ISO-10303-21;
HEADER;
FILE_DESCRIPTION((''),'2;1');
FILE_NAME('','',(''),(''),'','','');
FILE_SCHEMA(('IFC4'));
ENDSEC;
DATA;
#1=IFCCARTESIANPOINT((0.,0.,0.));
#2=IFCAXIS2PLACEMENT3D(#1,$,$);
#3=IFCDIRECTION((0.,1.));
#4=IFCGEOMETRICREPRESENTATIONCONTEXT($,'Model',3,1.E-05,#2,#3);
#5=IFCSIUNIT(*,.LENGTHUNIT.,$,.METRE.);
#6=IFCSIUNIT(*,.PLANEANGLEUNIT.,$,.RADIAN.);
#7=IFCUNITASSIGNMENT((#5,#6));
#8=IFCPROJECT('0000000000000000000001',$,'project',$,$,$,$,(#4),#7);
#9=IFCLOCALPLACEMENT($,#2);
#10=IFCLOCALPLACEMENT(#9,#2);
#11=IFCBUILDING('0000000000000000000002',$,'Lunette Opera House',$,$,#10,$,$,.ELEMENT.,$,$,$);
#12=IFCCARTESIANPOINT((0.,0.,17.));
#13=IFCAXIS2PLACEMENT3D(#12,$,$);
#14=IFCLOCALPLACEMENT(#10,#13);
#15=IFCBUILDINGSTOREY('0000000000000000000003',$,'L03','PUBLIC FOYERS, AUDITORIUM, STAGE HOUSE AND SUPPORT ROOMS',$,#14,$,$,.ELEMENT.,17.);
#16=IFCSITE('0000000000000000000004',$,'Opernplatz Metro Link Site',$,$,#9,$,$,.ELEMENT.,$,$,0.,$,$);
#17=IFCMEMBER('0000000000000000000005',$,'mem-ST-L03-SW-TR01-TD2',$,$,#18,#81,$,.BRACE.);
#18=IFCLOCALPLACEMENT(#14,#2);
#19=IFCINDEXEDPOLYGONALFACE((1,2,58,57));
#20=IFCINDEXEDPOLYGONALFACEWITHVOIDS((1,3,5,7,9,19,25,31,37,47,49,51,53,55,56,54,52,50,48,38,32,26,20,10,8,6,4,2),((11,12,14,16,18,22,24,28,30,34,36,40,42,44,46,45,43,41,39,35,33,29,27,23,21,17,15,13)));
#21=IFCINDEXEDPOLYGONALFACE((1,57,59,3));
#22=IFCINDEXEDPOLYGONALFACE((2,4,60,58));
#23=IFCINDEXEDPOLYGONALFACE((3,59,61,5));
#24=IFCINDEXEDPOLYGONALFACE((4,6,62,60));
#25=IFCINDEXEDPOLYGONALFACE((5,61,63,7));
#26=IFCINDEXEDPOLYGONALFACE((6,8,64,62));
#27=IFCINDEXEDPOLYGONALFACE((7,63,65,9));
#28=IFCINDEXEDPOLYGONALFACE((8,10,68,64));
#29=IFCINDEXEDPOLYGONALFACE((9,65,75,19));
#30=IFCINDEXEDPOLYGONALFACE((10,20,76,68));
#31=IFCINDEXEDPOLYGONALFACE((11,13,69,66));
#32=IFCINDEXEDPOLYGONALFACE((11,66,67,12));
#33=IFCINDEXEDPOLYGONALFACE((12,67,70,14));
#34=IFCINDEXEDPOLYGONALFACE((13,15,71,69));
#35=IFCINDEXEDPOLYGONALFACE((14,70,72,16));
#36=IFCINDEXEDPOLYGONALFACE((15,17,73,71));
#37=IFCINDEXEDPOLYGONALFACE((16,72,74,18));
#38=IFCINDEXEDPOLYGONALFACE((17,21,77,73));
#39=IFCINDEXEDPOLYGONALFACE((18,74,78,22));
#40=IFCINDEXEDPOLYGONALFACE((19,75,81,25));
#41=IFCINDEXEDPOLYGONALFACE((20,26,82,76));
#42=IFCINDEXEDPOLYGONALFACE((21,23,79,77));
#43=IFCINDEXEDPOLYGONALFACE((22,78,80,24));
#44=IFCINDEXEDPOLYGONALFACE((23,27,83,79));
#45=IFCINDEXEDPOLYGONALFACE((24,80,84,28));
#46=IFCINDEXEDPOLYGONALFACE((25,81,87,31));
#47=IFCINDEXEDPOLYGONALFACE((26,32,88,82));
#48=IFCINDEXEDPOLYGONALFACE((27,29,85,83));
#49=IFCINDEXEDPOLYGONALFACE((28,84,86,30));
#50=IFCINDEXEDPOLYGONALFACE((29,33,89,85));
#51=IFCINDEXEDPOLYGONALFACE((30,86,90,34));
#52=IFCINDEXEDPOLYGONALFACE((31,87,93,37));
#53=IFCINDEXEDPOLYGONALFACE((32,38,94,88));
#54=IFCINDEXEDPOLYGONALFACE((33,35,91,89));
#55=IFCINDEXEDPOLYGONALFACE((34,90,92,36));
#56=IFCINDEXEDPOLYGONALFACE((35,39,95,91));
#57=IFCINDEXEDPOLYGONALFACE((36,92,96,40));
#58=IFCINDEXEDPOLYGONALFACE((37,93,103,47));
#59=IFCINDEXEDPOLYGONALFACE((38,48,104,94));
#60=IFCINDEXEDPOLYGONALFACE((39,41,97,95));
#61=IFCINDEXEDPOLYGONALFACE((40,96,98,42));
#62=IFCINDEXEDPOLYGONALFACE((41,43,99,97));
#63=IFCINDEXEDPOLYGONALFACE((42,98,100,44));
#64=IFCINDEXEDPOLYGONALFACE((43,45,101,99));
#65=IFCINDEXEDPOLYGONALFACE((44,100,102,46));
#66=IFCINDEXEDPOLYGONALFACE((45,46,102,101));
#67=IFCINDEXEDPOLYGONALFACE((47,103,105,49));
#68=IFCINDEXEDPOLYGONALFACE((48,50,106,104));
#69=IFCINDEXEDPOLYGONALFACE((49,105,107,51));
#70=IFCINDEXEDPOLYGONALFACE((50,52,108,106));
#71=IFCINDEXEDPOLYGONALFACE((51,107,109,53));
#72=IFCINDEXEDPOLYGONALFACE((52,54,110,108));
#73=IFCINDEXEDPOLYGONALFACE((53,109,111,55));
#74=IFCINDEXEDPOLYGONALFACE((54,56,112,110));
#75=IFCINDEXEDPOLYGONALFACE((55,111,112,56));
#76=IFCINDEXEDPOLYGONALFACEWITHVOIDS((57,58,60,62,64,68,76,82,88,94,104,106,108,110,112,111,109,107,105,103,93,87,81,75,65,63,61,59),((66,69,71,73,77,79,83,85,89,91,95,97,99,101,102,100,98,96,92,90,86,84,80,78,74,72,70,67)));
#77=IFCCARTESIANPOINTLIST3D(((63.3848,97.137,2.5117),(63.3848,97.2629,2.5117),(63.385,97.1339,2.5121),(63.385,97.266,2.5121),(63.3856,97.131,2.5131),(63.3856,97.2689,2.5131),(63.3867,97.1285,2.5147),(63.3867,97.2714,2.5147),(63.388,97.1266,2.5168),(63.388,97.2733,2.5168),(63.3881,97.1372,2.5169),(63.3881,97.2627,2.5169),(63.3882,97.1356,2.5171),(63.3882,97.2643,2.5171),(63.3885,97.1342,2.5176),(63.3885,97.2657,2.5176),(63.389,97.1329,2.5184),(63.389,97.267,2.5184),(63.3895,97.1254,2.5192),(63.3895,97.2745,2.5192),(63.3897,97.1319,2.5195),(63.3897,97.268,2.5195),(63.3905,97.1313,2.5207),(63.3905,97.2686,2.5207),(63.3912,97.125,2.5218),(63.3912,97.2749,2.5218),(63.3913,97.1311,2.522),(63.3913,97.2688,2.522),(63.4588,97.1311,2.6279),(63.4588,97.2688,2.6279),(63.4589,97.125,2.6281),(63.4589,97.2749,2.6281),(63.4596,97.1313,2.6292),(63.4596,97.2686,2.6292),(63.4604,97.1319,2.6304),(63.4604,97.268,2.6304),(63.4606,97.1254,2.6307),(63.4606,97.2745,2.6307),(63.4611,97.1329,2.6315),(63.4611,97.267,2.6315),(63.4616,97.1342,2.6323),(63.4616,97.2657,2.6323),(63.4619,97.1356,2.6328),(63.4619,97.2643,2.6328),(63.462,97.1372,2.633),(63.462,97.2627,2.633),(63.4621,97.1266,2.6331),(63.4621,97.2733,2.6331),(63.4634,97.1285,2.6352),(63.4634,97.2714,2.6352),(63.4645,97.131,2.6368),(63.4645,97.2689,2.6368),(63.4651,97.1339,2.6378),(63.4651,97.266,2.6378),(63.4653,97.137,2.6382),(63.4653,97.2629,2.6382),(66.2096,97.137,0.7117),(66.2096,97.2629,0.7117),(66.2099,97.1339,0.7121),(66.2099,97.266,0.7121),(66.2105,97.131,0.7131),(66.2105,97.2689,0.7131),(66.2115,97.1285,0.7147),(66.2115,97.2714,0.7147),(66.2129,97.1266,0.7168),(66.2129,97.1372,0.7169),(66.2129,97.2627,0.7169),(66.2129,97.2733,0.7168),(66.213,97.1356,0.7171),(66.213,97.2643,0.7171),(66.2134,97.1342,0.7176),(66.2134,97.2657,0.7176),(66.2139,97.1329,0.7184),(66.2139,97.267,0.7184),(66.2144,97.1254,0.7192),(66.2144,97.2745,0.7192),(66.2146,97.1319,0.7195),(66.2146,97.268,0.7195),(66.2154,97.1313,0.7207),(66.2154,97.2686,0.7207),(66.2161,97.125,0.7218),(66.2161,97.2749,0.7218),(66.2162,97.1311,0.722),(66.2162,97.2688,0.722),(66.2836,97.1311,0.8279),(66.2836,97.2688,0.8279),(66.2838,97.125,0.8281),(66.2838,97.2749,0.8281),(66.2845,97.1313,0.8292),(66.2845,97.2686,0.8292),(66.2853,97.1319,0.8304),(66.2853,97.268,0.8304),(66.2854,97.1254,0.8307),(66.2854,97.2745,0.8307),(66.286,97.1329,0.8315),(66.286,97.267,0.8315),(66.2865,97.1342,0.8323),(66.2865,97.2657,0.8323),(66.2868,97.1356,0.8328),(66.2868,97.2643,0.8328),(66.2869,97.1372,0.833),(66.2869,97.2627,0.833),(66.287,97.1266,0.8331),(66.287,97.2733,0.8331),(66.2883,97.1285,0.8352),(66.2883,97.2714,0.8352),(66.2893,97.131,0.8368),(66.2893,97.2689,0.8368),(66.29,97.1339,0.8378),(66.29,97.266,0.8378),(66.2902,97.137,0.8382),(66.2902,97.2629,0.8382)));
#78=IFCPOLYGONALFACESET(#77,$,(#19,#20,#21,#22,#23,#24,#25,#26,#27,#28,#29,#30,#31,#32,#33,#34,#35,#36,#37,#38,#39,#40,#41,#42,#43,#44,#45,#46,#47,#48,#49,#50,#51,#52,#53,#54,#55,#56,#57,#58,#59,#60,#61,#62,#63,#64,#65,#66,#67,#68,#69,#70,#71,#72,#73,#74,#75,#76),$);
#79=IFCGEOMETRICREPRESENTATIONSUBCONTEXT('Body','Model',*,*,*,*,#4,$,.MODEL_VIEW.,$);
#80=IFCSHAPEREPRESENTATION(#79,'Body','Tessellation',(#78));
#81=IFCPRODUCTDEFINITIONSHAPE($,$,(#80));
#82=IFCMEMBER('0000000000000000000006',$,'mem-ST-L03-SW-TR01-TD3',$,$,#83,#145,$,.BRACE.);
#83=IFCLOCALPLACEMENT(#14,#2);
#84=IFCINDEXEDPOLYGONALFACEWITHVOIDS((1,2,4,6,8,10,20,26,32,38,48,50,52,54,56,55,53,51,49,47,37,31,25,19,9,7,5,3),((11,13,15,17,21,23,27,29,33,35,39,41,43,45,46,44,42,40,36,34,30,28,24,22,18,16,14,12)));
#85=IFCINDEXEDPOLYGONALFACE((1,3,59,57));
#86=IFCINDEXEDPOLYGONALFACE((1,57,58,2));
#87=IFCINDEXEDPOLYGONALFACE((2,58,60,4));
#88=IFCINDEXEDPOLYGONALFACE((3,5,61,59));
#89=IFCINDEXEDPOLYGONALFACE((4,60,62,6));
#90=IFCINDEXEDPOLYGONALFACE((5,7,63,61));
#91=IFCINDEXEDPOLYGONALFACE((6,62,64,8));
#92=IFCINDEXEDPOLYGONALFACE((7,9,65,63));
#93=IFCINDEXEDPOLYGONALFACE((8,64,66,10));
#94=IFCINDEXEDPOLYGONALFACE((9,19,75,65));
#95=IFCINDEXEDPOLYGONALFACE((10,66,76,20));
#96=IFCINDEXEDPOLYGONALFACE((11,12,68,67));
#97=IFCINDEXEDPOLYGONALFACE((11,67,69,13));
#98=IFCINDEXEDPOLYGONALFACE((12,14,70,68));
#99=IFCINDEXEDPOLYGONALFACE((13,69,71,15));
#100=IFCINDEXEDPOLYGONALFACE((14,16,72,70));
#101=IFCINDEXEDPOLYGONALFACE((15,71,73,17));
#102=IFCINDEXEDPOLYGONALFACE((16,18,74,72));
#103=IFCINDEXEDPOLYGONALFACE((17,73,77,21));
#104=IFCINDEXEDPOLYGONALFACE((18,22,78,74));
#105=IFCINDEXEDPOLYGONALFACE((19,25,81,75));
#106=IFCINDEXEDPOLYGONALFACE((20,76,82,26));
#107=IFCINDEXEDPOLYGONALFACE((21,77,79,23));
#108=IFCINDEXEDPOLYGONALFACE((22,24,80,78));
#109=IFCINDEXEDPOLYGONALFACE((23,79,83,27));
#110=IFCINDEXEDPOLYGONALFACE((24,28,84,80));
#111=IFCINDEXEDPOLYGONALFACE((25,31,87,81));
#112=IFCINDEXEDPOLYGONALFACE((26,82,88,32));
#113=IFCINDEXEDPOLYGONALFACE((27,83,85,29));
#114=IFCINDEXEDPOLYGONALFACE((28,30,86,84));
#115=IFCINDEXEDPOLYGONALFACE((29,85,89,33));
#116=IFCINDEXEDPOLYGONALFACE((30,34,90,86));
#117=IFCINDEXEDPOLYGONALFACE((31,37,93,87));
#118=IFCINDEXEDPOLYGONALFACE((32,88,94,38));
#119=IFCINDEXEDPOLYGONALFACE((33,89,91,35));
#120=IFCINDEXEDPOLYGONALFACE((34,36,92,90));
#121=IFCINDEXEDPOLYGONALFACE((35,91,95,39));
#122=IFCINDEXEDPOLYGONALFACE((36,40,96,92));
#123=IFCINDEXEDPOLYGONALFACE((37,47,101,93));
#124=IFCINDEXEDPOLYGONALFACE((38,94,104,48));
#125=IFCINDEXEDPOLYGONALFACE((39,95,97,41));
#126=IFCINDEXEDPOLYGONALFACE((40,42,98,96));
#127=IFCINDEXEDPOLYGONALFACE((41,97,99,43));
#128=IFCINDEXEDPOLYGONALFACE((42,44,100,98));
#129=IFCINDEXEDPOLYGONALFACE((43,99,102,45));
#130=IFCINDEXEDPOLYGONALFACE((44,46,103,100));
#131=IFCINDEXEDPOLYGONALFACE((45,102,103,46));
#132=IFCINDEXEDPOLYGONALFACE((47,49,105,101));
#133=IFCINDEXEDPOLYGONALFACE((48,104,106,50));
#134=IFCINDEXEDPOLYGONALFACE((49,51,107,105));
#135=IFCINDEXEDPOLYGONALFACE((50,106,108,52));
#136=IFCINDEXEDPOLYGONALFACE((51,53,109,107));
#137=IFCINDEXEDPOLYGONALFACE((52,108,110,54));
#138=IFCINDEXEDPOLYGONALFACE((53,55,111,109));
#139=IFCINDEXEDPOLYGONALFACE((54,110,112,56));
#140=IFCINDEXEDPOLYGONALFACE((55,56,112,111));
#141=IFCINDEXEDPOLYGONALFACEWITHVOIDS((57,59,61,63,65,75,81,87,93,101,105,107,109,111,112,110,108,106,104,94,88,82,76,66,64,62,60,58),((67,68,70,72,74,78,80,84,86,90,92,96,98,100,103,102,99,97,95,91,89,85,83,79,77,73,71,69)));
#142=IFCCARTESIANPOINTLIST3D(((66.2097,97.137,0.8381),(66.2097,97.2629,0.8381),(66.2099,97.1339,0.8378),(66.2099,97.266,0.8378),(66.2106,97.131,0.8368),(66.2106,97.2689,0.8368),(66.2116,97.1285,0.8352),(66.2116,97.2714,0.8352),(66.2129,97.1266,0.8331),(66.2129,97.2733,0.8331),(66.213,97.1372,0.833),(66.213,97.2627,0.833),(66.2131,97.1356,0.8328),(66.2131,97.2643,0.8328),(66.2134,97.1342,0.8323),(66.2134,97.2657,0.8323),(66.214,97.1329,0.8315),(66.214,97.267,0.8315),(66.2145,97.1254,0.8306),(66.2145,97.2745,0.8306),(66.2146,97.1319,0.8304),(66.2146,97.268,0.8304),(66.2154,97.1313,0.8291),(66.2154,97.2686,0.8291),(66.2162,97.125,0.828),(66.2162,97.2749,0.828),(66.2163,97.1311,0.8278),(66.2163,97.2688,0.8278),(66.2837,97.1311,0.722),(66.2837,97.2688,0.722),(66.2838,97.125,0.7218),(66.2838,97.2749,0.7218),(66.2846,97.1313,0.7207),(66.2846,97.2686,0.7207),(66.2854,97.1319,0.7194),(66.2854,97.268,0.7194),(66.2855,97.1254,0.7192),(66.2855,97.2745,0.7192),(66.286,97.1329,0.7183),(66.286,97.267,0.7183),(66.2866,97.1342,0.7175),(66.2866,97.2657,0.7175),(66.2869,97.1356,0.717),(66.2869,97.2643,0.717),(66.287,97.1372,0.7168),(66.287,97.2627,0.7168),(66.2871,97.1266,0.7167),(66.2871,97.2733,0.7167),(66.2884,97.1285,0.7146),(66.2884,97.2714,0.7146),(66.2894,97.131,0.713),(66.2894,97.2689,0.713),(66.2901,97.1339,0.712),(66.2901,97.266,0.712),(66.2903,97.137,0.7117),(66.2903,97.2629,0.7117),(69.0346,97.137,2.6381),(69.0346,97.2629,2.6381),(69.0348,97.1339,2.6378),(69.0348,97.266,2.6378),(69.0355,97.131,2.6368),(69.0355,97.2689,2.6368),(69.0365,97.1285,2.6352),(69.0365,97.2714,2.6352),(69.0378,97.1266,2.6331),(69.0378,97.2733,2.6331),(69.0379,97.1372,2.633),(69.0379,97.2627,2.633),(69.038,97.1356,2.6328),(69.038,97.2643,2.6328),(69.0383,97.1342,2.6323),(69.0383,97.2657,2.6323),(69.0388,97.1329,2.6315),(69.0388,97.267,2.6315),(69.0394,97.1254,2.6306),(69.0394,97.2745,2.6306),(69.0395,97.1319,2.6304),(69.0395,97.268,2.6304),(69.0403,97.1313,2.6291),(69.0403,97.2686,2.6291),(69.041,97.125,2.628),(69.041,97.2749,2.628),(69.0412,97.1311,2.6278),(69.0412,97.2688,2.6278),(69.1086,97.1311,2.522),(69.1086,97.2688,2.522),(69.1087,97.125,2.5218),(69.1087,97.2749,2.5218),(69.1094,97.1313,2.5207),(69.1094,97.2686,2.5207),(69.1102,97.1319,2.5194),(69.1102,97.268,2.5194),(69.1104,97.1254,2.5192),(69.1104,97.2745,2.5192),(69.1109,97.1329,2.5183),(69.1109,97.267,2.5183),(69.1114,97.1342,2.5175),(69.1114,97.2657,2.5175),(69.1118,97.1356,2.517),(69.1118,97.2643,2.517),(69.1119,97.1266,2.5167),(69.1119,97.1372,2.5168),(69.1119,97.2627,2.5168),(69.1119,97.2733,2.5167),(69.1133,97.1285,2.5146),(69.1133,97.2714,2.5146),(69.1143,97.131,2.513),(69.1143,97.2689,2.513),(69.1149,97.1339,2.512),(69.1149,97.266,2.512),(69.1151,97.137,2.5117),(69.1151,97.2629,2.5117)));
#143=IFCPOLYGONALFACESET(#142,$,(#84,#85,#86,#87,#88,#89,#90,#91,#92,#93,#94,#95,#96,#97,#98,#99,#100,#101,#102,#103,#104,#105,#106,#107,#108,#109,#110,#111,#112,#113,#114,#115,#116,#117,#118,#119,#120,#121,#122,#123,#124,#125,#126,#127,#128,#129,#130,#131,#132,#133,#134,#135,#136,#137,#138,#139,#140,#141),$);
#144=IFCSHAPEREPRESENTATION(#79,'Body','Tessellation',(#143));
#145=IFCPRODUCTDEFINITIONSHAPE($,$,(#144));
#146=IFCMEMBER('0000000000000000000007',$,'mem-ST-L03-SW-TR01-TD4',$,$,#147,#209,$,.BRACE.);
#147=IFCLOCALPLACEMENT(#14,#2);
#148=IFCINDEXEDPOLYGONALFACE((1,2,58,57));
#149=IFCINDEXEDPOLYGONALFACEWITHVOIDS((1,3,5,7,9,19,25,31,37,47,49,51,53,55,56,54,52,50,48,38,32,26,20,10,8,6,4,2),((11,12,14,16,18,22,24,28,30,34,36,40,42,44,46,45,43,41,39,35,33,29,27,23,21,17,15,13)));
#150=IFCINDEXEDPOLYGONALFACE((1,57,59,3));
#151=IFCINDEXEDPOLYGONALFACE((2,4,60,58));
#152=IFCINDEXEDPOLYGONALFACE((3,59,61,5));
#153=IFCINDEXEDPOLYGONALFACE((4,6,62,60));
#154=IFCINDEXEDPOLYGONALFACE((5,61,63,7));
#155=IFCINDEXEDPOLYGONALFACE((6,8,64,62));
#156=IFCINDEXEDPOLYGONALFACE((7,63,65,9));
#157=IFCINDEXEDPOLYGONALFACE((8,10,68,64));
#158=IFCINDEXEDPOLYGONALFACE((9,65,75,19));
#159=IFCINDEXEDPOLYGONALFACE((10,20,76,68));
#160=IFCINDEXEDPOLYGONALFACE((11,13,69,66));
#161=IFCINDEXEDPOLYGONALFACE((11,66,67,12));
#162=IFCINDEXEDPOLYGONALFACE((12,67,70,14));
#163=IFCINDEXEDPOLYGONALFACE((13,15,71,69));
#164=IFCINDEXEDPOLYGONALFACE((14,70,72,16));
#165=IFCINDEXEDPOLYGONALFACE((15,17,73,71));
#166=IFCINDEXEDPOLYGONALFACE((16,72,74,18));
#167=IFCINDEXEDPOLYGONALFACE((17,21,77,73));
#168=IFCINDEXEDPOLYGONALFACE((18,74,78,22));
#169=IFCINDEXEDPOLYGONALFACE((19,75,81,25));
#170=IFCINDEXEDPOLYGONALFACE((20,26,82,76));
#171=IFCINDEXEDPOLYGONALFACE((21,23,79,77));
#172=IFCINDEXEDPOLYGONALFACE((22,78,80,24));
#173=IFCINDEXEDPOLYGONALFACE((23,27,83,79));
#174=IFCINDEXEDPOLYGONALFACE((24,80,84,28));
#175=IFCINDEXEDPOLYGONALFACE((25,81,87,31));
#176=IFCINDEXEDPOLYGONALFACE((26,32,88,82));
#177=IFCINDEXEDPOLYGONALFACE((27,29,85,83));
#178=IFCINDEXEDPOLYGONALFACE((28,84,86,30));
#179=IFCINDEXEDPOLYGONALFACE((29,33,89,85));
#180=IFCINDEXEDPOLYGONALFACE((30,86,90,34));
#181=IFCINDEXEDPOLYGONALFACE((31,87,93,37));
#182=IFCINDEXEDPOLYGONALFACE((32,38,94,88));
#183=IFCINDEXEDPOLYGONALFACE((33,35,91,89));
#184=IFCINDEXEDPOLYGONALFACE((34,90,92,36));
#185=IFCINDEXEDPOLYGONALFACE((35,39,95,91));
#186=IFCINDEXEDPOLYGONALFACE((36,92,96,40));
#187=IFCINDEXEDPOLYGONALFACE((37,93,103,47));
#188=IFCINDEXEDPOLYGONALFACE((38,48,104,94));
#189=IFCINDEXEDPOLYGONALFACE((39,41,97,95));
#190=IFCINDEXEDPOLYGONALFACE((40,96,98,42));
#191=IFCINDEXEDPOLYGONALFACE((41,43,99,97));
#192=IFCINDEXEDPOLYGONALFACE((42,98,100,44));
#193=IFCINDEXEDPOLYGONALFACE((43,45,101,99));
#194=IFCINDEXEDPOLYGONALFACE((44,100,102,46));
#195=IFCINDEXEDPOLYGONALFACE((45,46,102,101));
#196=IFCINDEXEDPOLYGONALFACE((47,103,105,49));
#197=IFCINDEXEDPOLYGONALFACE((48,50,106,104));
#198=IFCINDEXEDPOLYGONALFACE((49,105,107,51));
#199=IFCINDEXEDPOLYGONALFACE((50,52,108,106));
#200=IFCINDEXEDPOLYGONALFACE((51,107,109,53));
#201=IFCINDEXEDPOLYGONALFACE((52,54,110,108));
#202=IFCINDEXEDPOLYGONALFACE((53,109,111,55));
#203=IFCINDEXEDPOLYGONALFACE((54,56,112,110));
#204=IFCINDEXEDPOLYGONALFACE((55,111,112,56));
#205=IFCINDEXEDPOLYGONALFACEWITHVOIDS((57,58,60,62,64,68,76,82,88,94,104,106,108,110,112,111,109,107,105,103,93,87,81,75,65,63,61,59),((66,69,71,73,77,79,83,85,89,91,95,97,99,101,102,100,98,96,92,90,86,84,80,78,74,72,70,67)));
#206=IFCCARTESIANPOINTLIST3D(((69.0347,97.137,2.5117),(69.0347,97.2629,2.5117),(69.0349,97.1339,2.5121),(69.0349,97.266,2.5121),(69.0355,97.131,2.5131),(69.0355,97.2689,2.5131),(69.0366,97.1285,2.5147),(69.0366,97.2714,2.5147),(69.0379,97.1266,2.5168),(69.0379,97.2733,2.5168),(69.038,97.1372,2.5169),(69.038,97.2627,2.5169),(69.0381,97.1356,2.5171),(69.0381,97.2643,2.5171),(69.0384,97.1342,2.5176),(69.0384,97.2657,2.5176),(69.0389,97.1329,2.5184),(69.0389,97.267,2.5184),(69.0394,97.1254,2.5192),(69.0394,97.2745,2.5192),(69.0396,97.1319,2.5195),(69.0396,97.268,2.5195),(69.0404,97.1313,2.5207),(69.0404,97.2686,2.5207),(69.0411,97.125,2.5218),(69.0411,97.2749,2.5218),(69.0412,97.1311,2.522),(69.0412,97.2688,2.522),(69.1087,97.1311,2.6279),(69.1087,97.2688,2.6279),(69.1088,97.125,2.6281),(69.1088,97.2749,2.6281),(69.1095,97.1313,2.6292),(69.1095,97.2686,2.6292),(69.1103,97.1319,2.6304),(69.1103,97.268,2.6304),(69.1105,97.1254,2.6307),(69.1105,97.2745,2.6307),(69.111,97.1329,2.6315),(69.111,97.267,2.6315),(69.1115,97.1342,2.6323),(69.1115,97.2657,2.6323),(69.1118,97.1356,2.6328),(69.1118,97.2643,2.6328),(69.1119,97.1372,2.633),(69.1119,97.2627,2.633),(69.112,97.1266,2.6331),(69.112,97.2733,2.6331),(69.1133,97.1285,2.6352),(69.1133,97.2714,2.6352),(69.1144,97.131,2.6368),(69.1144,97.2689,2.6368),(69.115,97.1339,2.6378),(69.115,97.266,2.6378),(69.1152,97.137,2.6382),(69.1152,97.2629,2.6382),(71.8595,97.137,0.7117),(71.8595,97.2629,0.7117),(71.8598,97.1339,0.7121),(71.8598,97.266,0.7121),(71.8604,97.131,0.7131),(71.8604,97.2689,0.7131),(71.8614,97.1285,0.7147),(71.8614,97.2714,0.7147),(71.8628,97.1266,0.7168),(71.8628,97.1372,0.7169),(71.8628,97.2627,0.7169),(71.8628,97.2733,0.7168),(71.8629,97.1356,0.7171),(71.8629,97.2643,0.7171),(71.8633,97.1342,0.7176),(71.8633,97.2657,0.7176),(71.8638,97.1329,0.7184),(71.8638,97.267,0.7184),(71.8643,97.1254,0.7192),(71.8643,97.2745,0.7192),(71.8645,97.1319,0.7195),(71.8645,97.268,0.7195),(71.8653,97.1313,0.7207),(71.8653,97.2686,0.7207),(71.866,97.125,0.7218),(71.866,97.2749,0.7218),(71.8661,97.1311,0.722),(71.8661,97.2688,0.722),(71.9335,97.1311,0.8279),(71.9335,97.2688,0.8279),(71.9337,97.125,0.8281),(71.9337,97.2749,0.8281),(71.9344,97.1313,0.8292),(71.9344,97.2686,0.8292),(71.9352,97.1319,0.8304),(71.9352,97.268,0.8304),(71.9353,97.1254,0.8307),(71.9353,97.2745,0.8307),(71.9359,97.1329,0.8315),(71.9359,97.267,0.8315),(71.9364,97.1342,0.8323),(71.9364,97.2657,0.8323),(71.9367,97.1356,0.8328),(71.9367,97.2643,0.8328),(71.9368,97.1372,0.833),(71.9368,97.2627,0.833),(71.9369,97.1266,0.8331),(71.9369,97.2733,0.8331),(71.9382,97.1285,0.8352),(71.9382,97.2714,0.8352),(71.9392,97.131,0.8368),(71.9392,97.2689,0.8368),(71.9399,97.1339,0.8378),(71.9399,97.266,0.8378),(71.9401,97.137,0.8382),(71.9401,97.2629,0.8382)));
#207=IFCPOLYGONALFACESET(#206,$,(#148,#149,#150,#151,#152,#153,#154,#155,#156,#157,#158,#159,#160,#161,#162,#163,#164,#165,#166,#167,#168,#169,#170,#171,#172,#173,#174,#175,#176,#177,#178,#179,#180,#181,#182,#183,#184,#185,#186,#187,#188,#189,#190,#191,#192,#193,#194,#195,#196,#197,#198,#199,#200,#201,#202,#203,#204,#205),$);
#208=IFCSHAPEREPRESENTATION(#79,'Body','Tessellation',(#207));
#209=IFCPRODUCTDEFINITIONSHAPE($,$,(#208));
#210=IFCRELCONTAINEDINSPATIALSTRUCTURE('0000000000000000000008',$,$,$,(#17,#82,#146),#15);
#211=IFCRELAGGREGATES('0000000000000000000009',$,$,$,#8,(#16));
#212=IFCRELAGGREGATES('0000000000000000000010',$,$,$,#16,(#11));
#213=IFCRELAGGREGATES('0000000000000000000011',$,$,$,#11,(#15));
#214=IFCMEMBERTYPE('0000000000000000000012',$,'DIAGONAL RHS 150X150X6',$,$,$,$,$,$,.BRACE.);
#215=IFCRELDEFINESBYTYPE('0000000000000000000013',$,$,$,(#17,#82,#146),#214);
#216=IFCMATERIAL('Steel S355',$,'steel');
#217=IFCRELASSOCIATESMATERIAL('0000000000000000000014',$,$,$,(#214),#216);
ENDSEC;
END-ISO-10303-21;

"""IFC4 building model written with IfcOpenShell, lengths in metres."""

from ifc_helpers import new_model, si_unit, direction, frame, origin, origin_2d, place, context, subcontext, project, spatial, hollow_rectangle, extrude, material, material_profile, profile_set, type_object, element, save


model = new_model("IFC4")

# Units and contexts
model_context = context("Model", 3, precision=1e-05, world=origin(), true_north=direction((0.0, 1.0)))
body_context = subcontext(model_context, "Body", "Model", "MODEL_VIEW")
ifc_project = project(units=[si_unit("LENGTHUNIT", "METRE"), si_unit("PLANEANGLEUNIT", "RADIAN")], contexts=[model_context])

# Site, building, storey
site_placement = place(None, origin())
site = spatial("IfcSite", under=ifc_project, at=site_placement, Name="Opernplatz Metro Link Site", CompositionType="ELEMENT", RefElevation=0.0)
building_placement = place(site_placement, origin())
building = spatial("IfcBuilding", under=site, at=building_placement, Name="Lunette Opera House", CompositionType="ELEMENT")
storey_placement = place(building_placement, frame((0.0, 0.0, 17.0)))
storey = spatial("IfcBuildingStorey", under=building, at=storey_placement, Name="L03", Description="PUBLIC FOYERS, AUDITORIUM, STAGE HOUSE AND SUPPORT ROOMS", CompositionType="ELEMENT", Elevation=17.0)

# Members
ifc_material_1 = material(Name="Steel S355", Category="steel")
ifc_material_profile_1 = material_profile(ifc_material_1, hollow_rectangle(XDim=0.1499, YDim=0.1499, WallThickness=0.0061, InnerFilletRadius=0.0061, OuterFilletRadius=0.012, at=origin_2d()), Name="RHS 150X150X6")
ifc_profile_set_1 = profile_set([ifc_material_profile_1], Name="Steel S355")
member_type_1 = type_object("IfcMemberType", Name="DIAGONAL RHS 150X150X6", PredefinedType="BRACE", material=ifc_profile_set_1)
for number, where, z_axis, x_axis, name in (
    (1, (63.425, 97.2, 2.575), (0.843343, 0.0, -0.537375), (0.0, 1.0, 0.0), "mem-ST-L03-SW-TR01-TD2"),
    (2, (66.25, 97.2, 0.7749), (0.843343, 0.0, 0.537375), (0.0, 1.0, 0.0), "mem-ST-L03-SW-TR01-TD3"),
    (3, (69.075, 97.2, 2.575), (0.843343, 0.0, -0.537375), (0.0, 1.0, 0.0), "mem-ST-L03-SW-TR01-TD4"),
):
    element("IfcMember", number, at=place(storey_placement, frame(where, z_axis=z_axis, x_axis=x_axis)), inside=storey, type_object=member_type_1, Name=name, PredefinedType="BRACE", context=body_context, shape_type="SweptSolid", body=[
        extrude(hollow_rectangle(XDim=0.1499, YDim=0.1499, WallThickness=0.0061, InnerFilletRadius=0.0061, OuterFilletRadius=0.012, at=origin_2d()), origin(), (0.0, 0.0, 1.0), 3.3496),
    ])

save(model, "model.ifc")
